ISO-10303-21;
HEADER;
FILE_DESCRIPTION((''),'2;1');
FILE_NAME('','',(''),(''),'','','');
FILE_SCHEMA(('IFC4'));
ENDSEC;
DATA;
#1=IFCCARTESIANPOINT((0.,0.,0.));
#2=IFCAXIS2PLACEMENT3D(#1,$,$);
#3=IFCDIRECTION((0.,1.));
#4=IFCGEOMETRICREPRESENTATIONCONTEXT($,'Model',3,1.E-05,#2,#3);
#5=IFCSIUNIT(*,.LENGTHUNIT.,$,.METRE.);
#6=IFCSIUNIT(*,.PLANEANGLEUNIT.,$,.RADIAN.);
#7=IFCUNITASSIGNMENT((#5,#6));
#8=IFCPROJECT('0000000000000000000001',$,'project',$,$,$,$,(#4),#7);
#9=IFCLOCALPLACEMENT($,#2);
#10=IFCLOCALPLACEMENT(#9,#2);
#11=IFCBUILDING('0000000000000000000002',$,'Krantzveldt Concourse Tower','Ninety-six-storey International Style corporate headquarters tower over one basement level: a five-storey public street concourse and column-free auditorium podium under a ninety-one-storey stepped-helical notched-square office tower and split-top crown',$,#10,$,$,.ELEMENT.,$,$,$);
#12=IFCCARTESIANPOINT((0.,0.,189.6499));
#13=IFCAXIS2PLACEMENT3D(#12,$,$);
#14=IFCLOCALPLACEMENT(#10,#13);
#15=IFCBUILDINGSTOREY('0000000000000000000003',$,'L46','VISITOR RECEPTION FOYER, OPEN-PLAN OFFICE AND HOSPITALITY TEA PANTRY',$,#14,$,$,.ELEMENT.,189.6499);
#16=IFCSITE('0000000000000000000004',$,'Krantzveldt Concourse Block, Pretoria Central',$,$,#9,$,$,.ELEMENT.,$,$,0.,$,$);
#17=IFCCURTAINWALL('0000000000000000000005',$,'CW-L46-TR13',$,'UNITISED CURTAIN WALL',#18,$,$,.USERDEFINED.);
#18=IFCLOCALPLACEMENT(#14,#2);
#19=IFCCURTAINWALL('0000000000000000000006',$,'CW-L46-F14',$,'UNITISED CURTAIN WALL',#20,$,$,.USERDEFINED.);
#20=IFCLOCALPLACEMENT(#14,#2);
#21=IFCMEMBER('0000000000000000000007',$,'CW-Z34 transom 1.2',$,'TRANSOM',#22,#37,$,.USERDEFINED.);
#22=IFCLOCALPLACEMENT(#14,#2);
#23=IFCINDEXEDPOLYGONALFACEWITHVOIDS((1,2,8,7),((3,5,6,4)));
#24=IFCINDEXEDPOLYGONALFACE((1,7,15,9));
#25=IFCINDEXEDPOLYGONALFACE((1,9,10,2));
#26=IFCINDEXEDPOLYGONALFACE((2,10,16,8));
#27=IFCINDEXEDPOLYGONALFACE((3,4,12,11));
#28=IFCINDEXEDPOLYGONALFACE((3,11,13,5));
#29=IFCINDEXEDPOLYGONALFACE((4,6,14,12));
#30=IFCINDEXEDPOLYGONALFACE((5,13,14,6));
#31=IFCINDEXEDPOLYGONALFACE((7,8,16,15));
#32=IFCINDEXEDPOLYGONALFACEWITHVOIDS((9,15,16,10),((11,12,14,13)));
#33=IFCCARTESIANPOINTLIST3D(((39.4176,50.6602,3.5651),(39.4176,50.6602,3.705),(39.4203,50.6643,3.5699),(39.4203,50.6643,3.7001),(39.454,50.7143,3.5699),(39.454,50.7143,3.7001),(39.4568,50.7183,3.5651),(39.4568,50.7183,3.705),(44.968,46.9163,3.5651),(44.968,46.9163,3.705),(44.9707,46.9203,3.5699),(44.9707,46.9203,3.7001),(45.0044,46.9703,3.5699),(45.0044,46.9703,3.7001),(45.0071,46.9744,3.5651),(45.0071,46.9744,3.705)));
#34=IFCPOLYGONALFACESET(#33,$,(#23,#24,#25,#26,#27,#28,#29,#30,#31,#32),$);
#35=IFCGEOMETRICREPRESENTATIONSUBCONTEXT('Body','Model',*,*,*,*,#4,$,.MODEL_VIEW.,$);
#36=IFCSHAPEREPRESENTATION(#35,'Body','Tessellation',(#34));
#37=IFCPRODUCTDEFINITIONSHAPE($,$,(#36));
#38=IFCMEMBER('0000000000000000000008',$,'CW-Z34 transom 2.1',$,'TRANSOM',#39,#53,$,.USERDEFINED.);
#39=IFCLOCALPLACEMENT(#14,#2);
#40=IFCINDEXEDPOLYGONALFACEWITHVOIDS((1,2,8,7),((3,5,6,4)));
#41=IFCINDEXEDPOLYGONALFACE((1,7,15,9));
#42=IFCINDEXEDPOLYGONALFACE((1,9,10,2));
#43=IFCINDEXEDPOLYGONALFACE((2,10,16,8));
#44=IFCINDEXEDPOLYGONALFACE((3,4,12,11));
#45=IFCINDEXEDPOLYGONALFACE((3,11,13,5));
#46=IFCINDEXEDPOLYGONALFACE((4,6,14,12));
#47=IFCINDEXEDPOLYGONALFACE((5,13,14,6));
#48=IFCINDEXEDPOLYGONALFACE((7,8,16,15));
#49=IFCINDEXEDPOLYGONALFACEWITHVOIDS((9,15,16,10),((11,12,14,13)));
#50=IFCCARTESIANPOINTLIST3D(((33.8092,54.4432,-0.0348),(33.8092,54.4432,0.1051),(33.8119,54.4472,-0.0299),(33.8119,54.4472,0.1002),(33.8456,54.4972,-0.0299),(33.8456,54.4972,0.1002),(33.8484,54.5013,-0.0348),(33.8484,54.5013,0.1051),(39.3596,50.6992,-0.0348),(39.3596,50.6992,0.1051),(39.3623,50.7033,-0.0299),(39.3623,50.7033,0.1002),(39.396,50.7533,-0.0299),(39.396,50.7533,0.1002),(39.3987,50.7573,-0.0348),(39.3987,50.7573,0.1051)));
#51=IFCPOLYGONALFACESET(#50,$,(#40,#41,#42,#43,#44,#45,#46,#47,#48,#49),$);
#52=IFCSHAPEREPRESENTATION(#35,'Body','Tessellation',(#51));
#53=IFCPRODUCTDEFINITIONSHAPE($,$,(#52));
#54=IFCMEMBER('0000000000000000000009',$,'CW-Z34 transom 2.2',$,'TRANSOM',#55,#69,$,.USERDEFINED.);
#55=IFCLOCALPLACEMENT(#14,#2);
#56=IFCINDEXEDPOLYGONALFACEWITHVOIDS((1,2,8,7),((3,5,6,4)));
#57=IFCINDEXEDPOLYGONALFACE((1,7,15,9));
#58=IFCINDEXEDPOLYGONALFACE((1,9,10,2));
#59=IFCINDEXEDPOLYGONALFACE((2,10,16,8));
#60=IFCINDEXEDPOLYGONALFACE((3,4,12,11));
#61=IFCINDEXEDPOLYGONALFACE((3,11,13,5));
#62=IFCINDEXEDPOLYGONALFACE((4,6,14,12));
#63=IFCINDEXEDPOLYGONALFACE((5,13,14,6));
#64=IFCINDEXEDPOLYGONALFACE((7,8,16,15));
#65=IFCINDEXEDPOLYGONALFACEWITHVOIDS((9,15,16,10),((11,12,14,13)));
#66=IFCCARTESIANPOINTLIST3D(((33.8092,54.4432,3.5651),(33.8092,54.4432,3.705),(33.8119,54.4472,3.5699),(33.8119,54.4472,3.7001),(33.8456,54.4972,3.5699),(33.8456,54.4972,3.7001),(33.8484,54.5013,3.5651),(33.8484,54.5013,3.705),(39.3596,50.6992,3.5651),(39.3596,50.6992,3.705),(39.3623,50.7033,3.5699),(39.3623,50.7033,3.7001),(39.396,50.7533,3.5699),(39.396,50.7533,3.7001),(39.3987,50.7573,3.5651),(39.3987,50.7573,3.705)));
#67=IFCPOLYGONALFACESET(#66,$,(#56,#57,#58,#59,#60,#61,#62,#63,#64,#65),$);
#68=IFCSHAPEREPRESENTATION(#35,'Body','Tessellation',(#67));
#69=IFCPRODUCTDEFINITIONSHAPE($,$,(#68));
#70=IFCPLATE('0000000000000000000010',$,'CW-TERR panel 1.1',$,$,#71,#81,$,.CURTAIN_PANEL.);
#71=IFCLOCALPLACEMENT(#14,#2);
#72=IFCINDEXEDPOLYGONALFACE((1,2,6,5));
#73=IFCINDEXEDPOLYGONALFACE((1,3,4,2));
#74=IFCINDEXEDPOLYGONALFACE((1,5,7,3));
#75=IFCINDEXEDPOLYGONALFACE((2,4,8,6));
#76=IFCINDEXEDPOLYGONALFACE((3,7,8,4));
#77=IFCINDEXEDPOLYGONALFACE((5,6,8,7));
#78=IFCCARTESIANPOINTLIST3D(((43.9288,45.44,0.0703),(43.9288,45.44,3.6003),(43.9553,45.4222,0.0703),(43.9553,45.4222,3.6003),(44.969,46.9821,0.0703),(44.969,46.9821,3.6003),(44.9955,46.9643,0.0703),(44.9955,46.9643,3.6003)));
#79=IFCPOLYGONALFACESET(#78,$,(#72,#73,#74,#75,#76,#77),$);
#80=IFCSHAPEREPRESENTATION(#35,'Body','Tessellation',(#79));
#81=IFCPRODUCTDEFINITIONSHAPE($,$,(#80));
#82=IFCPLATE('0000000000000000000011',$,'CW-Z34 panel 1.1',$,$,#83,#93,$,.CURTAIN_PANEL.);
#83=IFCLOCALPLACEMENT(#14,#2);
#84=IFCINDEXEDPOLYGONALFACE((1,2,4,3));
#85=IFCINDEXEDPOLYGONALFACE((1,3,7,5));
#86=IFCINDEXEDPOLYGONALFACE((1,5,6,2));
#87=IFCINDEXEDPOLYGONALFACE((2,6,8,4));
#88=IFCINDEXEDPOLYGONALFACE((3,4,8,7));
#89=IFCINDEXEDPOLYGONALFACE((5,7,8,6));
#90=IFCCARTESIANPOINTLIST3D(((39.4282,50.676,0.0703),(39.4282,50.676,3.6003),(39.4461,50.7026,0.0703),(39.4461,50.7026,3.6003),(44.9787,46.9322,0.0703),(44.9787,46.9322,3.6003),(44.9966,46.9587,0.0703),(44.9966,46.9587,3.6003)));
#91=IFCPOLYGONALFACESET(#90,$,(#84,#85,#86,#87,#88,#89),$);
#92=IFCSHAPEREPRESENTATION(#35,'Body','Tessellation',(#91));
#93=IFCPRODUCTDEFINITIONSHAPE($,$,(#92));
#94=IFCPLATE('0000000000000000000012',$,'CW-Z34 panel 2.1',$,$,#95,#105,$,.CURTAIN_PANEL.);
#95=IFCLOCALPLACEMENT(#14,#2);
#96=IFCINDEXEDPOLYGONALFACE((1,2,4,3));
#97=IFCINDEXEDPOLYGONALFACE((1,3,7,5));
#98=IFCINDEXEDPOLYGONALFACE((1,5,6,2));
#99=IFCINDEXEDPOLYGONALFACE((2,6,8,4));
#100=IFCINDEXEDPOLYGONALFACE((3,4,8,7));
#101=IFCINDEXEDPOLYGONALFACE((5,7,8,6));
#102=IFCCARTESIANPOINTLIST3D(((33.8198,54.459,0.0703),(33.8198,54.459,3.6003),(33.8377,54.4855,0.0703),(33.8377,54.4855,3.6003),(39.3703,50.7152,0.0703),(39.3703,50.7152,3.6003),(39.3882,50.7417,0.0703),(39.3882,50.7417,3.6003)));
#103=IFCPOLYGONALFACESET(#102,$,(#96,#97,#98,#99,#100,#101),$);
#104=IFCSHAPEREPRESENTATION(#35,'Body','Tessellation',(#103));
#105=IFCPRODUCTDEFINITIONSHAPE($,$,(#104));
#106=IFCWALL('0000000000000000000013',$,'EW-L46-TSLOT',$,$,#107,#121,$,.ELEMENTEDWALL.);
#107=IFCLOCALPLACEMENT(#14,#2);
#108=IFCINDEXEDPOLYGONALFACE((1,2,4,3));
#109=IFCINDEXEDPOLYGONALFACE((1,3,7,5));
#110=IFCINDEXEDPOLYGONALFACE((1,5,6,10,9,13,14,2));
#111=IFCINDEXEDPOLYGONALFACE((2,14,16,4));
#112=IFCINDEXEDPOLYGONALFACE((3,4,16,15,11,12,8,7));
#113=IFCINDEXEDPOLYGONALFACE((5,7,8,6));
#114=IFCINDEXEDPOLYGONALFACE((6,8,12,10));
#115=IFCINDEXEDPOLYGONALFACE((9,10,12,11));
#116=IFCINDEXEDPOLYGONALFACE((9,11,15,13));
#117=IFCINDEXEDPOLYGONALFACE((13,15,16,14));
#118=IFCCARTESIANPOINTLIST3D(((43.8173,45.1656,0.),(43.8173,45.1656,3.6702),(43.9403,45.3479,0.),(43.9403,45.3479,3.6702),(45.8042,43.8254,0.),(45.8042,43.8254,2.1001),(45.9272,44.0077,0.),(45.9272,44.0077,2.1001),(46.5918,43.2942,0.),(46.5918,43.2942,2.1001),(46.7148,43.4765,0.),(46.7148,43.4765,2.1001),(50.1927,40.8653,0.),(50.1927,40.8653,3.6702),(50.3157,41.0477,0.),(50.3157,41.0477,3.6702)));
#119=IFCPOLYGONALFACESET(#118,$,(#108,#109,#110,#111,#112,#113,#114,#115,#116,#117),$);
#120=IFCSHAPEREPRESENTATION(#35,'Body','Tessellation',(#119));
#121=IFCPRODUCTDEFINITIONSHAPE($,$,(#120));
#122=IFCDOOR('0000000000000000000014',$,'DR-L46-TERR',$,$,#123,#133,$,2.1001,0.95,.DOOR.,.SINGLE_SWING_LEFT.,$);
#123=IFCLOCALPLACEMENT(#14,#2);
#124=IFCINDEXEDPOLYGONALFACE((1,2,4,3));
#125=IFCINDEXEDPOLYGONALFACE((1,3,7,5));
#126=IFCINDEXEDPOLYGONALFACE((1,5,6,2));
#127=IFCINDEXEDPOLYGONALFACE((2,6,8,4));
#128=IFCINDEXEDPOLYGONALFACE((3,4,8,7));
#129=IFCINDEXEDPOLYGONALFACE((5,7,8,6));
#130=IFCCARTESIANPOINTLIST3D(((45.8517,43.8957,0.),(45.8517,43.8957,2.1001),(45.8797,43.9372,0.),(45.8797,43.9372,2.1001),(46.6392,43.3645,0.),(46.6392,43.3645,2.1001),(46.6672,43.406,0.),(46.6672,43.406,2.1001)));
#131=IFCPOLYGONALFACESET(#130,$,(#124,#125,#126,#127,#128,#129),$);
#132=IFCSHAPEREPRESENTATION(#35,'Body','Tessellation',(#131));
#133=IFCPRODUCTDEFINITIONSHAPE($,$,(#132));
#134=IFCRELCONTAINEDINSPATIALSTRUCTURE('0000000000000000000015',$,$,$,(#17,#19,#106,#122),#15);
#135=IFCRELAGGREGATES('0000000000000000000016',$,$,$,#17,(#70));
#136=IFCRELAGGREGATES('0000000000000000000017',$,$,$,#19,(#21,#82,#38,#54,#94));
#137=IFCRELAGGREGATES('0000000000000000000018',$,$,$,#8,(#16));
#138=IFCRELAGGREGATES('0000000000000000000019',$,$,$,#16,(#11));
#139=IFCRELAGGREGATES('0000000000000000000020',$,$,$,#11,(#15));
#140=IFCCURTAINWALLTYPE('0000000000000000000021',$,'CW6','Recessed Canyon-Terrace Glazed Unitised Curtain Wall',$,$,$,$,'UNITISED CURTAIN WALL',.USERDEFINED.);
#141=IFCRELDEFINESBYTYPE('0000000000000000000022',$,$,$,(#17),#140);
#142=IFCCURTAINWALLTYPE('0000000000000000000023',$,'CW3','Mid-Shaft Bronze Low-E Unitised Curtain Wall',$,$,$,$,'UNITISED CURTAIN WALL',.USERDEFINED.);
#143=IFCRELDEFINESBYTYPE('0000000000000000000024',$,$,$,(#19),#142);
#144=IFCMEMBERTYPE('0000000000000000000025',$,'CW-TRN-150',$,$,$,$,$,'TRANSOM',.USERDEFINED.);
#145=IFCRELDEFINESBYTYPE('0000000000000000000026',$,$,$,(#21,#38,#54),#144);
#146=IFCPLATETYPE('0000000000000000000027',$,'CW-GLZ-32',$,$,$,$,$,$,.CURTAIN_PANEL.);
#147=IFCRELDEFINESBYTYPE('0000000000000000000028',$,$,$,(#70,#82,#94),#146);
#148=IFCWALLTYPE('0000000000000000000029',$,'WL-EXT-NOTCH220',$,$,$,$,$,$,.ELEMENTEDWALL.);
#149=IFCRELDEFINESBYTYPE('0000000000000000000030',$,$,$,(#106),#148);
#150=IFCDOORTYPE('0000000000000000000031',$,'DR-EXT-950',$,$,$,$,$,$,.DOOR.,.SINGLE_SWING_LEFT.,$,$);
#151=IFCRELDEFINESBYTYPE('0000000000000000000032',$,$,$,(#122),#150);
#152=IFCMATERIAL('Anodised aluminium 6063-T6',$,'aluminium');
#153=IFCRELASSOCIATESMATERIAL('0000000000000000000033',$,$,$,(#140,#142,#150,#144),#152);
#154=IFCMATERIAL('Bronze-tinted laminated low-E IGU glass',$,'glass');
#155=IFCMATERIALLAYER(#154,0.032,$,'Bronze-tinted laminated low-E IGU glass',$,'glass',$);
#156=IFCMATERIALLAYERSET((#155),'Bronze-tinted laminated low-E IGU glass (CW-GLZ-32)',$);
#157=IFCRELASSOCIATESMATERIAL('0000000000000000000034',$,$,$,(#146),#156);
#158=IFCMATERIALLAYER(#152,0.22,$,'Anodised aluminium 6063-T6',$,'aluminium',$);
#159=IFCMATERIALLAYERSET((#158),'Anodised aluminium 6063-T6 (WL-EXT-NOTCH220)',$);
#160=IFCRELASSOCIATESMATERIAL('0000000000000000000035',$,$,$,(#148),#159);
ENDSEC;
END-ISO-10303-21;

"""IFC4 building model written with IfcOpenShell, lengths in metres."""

from ifc_helpers import new_model, si_unit, direction, frame, frame_2d, origin, origin_2d, place, context, subcontext, project, spatial, rectangle, hollow_rectangle, extrude, source, transform, mapped, material, layer, layer_set, material_profile, profile_set, type_object, type_shapes, element, fill, aggregate, save


model = new_model("IFC4")

# Units and contexts
model_context = context("Model", 3, precision=1e-05, world=origin(), true_north=direction((0.0, 1.0)))
body_context = subcontext(model_context, "Body", "Model", "MODEL_VIEW")
ifc_project = project(units=[si_unit("LENGTHUNIT", "METRE"), si_unit("PLANEANGLEUNIT", "RADIAN")], contexts=[model_context])

# Site, building, storey
site_placement = place(None, origin())
site = spatial("IfcSite", under=ifc_project, at=site_placement, Name="Krantzveldt Concourse Block, Pretoria Central", CompositionType="ELEMENT", RefElevation=0.0)
building_placement = place(site_placement, origin())
building = spatial("IfcBuilding", under=site, at=building_placement, Name="Krantzveldt Concourse Tower", Description="Ninety-six-storey International Style corporate headquarters tower over one basement level: a five-storey public street concourse and column-free auditorium podium under a ninety-one-storey stepped-helical notched-square office tower and split-top crown", CompositionType="ELEMENT")
storey_placement = place(building_placement, frame((0.0, 0.0, 189.6499)))
storey = spatial("IfcBuildingStorey", under=building, at=storey_placement, Name="L46", Description="VISITOR RECEPTION FOYER, OPEN-PLAN OFFICE AND HOSPITALITY TEA PANTRY", CompositionType="ELEMENT", Elevation=189.6499)

# Curtain wall
ifc_material_1 = material(Name="Anodised aluminium 6063-T6", Category="aluminium")
curtain_wall_type_1 = type_object("IfcCurtainWallType", Name="CW6", Description="Recessed Canyon-Terrace Glazed Unitised Curtain Wall", ElementType="UNITISED CURTAIN WALL", PredefinedType="USERDEFINED", material=ifc_material_1)
curtain_wall_1_placement = place(storey_placement, origin())
curtain_wall_1 = element("IfcCurtainWall", 1, at=curtain_wall_1_placement, inside=storey, type_object=curtain_wall_type_1, Name="CW-L46-TR13", ObjectType="UNITISED CURTAIN WALL", PredefinedType="USERDEFINED")

# Curtain wall
curtain_wall_type_2 = type_object("IfcCurtainWallType", Name="CW3", Description="Mid-Shaft Bronze Low-E Unitised Curtain Wall", ElementType="UNITISED CURTAIN WALL", PredefinedType="USERDEFINED", material=ifc_material_1)
curtain_wall_2_placement = place(storey_placement, origin())
curtain_wall_2 = element("IfcCurtainWall", 2, at=curtain_wall_2_placement, inside=storey, type_object=curtain_wall_type_2, Name="CW-L46-F14", ObjectType="UNITISED CURTAIN WALL", PredefinedType="USERDEFINED")

# Members
ifc_material_profile_1 = material_profile(ifc_material_1, hollow_rectangle(XDim=0.0701, YDim=0.1399, WallThickness=0.0049, at=origin_2d()), Name="Anodised aluminium 6063-T6", Category="aluminium")
ifc_profile_set_1 = profile_set([ifc_material_profile_1], Name="Anodised aluminium 6063-T6 - ALU-TRAN 140x70x5")
member_type_1 = type_object("IfcMemberType", Name="CW-TRN-150", ElementType="TRANSOM", PredefinedType="USERDEFINED", material=ifc_profile_set_1)
shared_shape_1 = source(origin(), body_context, "Body", "SweptSolid", [
    extrude(hollow_rectangle(XDim=0.0701, YDim=0.1399, WallThickness=0.0049, at=origin_2d()), origin(), (0.0, 0.0, 1.0), 6.6951),
])
member_1_placement = place(storey_placement, frame((44.9875, 46.9453, 3.635), z_axis=(-0.829025, 0.559211, 0.0), x_axis=(-0.559211, -0.829025, 0.0)))
member_1 = element("IfcMember", 3, at=member_1_placement, type_object=member_type_1, Name="CW-Z34 transom 1.2", ObjectType="TRANSOM", PredefinedType="USERDEFINED", context=body_context, shape_type="MappedRepresentation", body=[
    mapped(shared_shape_1, transform((0.0, 0.0, 0.0), x_axis=(1.0, 0.0, 0.0), y_axis=(0.0, 1.0, 0.0), z_axis=(0.0, 0.0, 1.0), scale=1.0)),
])
member_2_placement = place(storey_placement, frame((39.3792, 50.7283, 0.0352), z_axis=(-0.829025, 0.559211, 0.0), x_axis=(-0.559211, -0.829025, 0.0)))
member_2 = element("IfcMember", 4, at=member_2_placement, type_object=member_type_1, Name="CW-Z34 transom 2.1", ObjectType="TRANSOM", PredefinedType="USERDEFINED", context=body_context, shape_type="MappedRepresentation", body=[
    mapped(shared_shape_1, transform((0.0, 0.0, 0.0), x_axis=(1.0, 0.0, 0.0), y_axis=(0.0, 1.0, 0.0), z_axis=(0.0, 0.0, 1.0), scale=1.0)),
])
member_3_placement = place(storey_placement, frame((39.3792, 50.7283, 3.635), z_axis=(-0.829025, 0.559211, 0.0), x_axis=(-0.559211, -0.829025, 0.0)))
member_3 = element("IfcMember", 5, at=member_3_placement, type_object=member_type_1, Name="CW-Z34 transom 2.2", ObjectType="TRANSOM", PredefinedType="USERDEFINED", context=body_context, shape_type="MappedRepresentation", body=[
    mapped(shared_shape_1, transform((0.0, 0.0, 0.0), x_axis=(1.0, 0.0, 0.0), y_axis=(0.0, 1.0, 0.0), z_axis=(0.0, 0.0, 1.0), scale=1.0)),
])

# Plates
ifc_material_2 = material(Name="Bronze-tinted laminated low-E IGU glass", Category="glass")
ifc_layer_1 = layer(ifc_material_2, 0.032, Name="Bronze-tinted laminated low-E IGU glass", Category="glass")
ifc_layer_set_1 = layer_set([ifc_layer_1], Name="Bronze-tinted laminated low-E IGU glass (CW-GLZ-32)")
plate_type = type_object("IfcPlateType", Name="CW-GLZ-32", PredefinedType="CURTAIN_PANEL", material=ifc_layer_set_1)
shared_shape_2 = source(origin(), body_context, "Body", "SweptSolid", [
    extrude(rectangle(XDim=1.8601, YDim=0.032, at=origin_2d()), origin(), (0.0, 0.0, 1.0), 3.53),
])
plate_1_placement = place(storey_placement, frame((44.4622, 46.2021, 0.0703), z_axis=(0.0, 0.0, 1.0), x_axis=(0.55919, 0.82904, 0.0)))
plate_1 = element("IfcPlate", 6, at=plate_1_placement, type_object=plate_type, Name="CW-TERR panel 1.1", PredefinedType="CURTAIN_PANEL", context=body_context, shape_type="MappedRepresentation", body=[
    mapped(shared_shape_2, transform((0.0, 0.0, 0.0), x_axis=(1.0, 0.0, 0.0), y_axis=(0.0, 1.0, 0.0), z_axis=(0.0, 0.0, 1.0), scale=1.0)),
])
aggregate(curtain_wall_1, [plate_1])
shared_shape_3 = source(origin(), body_context, "Body", "SweptSolid", [
    extrude(rectangle(XDim=6.6951, YDim=0.032, at=origin_2d()), origin(), (0.0, 0.0, 1.0), 3.53),
])
type_shapes(plate_type, [shared_shape_2, shared_shape_3])
plate_2_placement = place(storey_placement, frame((42.2124, 48.8174, 0.0703), z_axis=(0.0, 0.0, 1.0), x_axis=(-0.829038, 0.559193, 0.0)))
plate_2 = element("IfcPlate", 7, at=plate_2_placement, type_object=plate_type, Name="CW-Z34 panel 1.1", PredefinedType="CURTAIN_PANEL", context=body_context, shape_type="MappedRepresentation", body=[
    mapped(shared_shape_3, transform((0.0, 0.0, 0.0), x_axis=(1.0, 0.0, 0.0), y_axis=(0.0, 1.0, 0.0), z_axis=(0.0, 0.0, 1.0), scale=1.0)),
])
plate_3_placement = place(storey_placement, frame((36.604, 52.6003, 0.0703), z_axis=(0.0, 0.0, 1.0), x_axis=(-0.829038, 0.559193, 0.0)))
plate_3 = element("IfcPlate", 8, at=plate_3_placement, type_object=plate_type, Name="CW-Z34 panel 2.1", PredefinedType="CURTAIN_PANEL", context=body_context, shape_type="MappedRepresentation", body=[
    mapped(shared_shape_3, transform((0.0, 0.0, 0.0), x_axis=(1.0, 0.0, 0.0), y_axis=(0.0, 1.0, 0.0), z_axis=(0.0, 0.0, 1.0), scale=1.0)),
])
aggregate(curtain_wall_2, [member_1, plate_2, member_2, member_3, plate_3])

# Wall, opening, door
ifc_layer_2 = layer(ifc_material_1, 0.22, Name="Anodised aluminium 6063-T6", Category="aluminium")
ifc_layer_set_2 = layer_set([ifc_layer_2], Name="Anodised aluminium 6063-T6 (WL-EXT-NOTCH220)")
wall_type = type_object("IfcWallType", Name="WL-EXT-NOTCH220", PredefinedType="ELEMENTEDWALL", material=ifc_layer_set_2)
wall_placement = place(storey_placement, frame((43.8787, 45.2568, 0.0), z_axis=(0.0, 0.0, 1.0), x_axis=(0.829039, -0.55919, 0.0)))
wall = element("IfcWall", 9, at=wall_placement, inside=storey, type_object=wall_type, Name="EW-L46-TSLOT", PredefinedType="ELEMENTEDWALL", context=body_context, shape_type="SweptSolid", body=[
    extrude(rectangle(XDim=7.6902, YDim=0.22, at=frame_2d((3.8452, 0.0))), origin(), (0.0, 0.0, 1.0), 3.6702),
])
opening_placement = place(wall_placement, frame((2.3967, 0.0, 0.0)))
opening = element("IfcOpeningElement", 10, at=opening_placement, cuts=wall, PredefinedType="OPENING", context=body_context, shape_type="SweptSolid", body=[
    extrude(rectangle(XDim=0.95, YDim=2.1001, at=frame_2d((0.4751, 1.05))), frame((0.0, 0.1201, 0.0), z_axis=(0.0, -1.0, 0.0), x_axis=(1.0, 0.0, 0.0)), (0.0, 0.0, 1.0), 0.24),
])
door_type = type_object("IfcDoorType", Name="DR-EXT-950", OperationType="SINGLE_SWING_LEFT", PredefinedType="DOOR", material=ifc_material_1)
door_placement = place(opening_placement, origin())
door = element("IfcDoor", 11, at=door_placement, inside=storey, type_object=door_type, Name="DR-L46-TERR", OperationType="SINGLE_SWING_LEFT", OverallHeight=2.1001, OverallWidth=0.95, PredefinedType="DOOR", context=body_context, shape_type="SweptSolid", body=[
    extrude(rectangle(XDim=0.95, YDim=2.1001, at=frame_2d((0.4751, 1.05))), frame((0.0, 0.0249, 0.0), z_axis=(0.0, -1.0, 0.0), x_axis=(1.0, 0.0, 0.0)), (0.0, 0.0, 1.0), 0.05),
])
fill(opening, door)

save(model, "model.ifc")
